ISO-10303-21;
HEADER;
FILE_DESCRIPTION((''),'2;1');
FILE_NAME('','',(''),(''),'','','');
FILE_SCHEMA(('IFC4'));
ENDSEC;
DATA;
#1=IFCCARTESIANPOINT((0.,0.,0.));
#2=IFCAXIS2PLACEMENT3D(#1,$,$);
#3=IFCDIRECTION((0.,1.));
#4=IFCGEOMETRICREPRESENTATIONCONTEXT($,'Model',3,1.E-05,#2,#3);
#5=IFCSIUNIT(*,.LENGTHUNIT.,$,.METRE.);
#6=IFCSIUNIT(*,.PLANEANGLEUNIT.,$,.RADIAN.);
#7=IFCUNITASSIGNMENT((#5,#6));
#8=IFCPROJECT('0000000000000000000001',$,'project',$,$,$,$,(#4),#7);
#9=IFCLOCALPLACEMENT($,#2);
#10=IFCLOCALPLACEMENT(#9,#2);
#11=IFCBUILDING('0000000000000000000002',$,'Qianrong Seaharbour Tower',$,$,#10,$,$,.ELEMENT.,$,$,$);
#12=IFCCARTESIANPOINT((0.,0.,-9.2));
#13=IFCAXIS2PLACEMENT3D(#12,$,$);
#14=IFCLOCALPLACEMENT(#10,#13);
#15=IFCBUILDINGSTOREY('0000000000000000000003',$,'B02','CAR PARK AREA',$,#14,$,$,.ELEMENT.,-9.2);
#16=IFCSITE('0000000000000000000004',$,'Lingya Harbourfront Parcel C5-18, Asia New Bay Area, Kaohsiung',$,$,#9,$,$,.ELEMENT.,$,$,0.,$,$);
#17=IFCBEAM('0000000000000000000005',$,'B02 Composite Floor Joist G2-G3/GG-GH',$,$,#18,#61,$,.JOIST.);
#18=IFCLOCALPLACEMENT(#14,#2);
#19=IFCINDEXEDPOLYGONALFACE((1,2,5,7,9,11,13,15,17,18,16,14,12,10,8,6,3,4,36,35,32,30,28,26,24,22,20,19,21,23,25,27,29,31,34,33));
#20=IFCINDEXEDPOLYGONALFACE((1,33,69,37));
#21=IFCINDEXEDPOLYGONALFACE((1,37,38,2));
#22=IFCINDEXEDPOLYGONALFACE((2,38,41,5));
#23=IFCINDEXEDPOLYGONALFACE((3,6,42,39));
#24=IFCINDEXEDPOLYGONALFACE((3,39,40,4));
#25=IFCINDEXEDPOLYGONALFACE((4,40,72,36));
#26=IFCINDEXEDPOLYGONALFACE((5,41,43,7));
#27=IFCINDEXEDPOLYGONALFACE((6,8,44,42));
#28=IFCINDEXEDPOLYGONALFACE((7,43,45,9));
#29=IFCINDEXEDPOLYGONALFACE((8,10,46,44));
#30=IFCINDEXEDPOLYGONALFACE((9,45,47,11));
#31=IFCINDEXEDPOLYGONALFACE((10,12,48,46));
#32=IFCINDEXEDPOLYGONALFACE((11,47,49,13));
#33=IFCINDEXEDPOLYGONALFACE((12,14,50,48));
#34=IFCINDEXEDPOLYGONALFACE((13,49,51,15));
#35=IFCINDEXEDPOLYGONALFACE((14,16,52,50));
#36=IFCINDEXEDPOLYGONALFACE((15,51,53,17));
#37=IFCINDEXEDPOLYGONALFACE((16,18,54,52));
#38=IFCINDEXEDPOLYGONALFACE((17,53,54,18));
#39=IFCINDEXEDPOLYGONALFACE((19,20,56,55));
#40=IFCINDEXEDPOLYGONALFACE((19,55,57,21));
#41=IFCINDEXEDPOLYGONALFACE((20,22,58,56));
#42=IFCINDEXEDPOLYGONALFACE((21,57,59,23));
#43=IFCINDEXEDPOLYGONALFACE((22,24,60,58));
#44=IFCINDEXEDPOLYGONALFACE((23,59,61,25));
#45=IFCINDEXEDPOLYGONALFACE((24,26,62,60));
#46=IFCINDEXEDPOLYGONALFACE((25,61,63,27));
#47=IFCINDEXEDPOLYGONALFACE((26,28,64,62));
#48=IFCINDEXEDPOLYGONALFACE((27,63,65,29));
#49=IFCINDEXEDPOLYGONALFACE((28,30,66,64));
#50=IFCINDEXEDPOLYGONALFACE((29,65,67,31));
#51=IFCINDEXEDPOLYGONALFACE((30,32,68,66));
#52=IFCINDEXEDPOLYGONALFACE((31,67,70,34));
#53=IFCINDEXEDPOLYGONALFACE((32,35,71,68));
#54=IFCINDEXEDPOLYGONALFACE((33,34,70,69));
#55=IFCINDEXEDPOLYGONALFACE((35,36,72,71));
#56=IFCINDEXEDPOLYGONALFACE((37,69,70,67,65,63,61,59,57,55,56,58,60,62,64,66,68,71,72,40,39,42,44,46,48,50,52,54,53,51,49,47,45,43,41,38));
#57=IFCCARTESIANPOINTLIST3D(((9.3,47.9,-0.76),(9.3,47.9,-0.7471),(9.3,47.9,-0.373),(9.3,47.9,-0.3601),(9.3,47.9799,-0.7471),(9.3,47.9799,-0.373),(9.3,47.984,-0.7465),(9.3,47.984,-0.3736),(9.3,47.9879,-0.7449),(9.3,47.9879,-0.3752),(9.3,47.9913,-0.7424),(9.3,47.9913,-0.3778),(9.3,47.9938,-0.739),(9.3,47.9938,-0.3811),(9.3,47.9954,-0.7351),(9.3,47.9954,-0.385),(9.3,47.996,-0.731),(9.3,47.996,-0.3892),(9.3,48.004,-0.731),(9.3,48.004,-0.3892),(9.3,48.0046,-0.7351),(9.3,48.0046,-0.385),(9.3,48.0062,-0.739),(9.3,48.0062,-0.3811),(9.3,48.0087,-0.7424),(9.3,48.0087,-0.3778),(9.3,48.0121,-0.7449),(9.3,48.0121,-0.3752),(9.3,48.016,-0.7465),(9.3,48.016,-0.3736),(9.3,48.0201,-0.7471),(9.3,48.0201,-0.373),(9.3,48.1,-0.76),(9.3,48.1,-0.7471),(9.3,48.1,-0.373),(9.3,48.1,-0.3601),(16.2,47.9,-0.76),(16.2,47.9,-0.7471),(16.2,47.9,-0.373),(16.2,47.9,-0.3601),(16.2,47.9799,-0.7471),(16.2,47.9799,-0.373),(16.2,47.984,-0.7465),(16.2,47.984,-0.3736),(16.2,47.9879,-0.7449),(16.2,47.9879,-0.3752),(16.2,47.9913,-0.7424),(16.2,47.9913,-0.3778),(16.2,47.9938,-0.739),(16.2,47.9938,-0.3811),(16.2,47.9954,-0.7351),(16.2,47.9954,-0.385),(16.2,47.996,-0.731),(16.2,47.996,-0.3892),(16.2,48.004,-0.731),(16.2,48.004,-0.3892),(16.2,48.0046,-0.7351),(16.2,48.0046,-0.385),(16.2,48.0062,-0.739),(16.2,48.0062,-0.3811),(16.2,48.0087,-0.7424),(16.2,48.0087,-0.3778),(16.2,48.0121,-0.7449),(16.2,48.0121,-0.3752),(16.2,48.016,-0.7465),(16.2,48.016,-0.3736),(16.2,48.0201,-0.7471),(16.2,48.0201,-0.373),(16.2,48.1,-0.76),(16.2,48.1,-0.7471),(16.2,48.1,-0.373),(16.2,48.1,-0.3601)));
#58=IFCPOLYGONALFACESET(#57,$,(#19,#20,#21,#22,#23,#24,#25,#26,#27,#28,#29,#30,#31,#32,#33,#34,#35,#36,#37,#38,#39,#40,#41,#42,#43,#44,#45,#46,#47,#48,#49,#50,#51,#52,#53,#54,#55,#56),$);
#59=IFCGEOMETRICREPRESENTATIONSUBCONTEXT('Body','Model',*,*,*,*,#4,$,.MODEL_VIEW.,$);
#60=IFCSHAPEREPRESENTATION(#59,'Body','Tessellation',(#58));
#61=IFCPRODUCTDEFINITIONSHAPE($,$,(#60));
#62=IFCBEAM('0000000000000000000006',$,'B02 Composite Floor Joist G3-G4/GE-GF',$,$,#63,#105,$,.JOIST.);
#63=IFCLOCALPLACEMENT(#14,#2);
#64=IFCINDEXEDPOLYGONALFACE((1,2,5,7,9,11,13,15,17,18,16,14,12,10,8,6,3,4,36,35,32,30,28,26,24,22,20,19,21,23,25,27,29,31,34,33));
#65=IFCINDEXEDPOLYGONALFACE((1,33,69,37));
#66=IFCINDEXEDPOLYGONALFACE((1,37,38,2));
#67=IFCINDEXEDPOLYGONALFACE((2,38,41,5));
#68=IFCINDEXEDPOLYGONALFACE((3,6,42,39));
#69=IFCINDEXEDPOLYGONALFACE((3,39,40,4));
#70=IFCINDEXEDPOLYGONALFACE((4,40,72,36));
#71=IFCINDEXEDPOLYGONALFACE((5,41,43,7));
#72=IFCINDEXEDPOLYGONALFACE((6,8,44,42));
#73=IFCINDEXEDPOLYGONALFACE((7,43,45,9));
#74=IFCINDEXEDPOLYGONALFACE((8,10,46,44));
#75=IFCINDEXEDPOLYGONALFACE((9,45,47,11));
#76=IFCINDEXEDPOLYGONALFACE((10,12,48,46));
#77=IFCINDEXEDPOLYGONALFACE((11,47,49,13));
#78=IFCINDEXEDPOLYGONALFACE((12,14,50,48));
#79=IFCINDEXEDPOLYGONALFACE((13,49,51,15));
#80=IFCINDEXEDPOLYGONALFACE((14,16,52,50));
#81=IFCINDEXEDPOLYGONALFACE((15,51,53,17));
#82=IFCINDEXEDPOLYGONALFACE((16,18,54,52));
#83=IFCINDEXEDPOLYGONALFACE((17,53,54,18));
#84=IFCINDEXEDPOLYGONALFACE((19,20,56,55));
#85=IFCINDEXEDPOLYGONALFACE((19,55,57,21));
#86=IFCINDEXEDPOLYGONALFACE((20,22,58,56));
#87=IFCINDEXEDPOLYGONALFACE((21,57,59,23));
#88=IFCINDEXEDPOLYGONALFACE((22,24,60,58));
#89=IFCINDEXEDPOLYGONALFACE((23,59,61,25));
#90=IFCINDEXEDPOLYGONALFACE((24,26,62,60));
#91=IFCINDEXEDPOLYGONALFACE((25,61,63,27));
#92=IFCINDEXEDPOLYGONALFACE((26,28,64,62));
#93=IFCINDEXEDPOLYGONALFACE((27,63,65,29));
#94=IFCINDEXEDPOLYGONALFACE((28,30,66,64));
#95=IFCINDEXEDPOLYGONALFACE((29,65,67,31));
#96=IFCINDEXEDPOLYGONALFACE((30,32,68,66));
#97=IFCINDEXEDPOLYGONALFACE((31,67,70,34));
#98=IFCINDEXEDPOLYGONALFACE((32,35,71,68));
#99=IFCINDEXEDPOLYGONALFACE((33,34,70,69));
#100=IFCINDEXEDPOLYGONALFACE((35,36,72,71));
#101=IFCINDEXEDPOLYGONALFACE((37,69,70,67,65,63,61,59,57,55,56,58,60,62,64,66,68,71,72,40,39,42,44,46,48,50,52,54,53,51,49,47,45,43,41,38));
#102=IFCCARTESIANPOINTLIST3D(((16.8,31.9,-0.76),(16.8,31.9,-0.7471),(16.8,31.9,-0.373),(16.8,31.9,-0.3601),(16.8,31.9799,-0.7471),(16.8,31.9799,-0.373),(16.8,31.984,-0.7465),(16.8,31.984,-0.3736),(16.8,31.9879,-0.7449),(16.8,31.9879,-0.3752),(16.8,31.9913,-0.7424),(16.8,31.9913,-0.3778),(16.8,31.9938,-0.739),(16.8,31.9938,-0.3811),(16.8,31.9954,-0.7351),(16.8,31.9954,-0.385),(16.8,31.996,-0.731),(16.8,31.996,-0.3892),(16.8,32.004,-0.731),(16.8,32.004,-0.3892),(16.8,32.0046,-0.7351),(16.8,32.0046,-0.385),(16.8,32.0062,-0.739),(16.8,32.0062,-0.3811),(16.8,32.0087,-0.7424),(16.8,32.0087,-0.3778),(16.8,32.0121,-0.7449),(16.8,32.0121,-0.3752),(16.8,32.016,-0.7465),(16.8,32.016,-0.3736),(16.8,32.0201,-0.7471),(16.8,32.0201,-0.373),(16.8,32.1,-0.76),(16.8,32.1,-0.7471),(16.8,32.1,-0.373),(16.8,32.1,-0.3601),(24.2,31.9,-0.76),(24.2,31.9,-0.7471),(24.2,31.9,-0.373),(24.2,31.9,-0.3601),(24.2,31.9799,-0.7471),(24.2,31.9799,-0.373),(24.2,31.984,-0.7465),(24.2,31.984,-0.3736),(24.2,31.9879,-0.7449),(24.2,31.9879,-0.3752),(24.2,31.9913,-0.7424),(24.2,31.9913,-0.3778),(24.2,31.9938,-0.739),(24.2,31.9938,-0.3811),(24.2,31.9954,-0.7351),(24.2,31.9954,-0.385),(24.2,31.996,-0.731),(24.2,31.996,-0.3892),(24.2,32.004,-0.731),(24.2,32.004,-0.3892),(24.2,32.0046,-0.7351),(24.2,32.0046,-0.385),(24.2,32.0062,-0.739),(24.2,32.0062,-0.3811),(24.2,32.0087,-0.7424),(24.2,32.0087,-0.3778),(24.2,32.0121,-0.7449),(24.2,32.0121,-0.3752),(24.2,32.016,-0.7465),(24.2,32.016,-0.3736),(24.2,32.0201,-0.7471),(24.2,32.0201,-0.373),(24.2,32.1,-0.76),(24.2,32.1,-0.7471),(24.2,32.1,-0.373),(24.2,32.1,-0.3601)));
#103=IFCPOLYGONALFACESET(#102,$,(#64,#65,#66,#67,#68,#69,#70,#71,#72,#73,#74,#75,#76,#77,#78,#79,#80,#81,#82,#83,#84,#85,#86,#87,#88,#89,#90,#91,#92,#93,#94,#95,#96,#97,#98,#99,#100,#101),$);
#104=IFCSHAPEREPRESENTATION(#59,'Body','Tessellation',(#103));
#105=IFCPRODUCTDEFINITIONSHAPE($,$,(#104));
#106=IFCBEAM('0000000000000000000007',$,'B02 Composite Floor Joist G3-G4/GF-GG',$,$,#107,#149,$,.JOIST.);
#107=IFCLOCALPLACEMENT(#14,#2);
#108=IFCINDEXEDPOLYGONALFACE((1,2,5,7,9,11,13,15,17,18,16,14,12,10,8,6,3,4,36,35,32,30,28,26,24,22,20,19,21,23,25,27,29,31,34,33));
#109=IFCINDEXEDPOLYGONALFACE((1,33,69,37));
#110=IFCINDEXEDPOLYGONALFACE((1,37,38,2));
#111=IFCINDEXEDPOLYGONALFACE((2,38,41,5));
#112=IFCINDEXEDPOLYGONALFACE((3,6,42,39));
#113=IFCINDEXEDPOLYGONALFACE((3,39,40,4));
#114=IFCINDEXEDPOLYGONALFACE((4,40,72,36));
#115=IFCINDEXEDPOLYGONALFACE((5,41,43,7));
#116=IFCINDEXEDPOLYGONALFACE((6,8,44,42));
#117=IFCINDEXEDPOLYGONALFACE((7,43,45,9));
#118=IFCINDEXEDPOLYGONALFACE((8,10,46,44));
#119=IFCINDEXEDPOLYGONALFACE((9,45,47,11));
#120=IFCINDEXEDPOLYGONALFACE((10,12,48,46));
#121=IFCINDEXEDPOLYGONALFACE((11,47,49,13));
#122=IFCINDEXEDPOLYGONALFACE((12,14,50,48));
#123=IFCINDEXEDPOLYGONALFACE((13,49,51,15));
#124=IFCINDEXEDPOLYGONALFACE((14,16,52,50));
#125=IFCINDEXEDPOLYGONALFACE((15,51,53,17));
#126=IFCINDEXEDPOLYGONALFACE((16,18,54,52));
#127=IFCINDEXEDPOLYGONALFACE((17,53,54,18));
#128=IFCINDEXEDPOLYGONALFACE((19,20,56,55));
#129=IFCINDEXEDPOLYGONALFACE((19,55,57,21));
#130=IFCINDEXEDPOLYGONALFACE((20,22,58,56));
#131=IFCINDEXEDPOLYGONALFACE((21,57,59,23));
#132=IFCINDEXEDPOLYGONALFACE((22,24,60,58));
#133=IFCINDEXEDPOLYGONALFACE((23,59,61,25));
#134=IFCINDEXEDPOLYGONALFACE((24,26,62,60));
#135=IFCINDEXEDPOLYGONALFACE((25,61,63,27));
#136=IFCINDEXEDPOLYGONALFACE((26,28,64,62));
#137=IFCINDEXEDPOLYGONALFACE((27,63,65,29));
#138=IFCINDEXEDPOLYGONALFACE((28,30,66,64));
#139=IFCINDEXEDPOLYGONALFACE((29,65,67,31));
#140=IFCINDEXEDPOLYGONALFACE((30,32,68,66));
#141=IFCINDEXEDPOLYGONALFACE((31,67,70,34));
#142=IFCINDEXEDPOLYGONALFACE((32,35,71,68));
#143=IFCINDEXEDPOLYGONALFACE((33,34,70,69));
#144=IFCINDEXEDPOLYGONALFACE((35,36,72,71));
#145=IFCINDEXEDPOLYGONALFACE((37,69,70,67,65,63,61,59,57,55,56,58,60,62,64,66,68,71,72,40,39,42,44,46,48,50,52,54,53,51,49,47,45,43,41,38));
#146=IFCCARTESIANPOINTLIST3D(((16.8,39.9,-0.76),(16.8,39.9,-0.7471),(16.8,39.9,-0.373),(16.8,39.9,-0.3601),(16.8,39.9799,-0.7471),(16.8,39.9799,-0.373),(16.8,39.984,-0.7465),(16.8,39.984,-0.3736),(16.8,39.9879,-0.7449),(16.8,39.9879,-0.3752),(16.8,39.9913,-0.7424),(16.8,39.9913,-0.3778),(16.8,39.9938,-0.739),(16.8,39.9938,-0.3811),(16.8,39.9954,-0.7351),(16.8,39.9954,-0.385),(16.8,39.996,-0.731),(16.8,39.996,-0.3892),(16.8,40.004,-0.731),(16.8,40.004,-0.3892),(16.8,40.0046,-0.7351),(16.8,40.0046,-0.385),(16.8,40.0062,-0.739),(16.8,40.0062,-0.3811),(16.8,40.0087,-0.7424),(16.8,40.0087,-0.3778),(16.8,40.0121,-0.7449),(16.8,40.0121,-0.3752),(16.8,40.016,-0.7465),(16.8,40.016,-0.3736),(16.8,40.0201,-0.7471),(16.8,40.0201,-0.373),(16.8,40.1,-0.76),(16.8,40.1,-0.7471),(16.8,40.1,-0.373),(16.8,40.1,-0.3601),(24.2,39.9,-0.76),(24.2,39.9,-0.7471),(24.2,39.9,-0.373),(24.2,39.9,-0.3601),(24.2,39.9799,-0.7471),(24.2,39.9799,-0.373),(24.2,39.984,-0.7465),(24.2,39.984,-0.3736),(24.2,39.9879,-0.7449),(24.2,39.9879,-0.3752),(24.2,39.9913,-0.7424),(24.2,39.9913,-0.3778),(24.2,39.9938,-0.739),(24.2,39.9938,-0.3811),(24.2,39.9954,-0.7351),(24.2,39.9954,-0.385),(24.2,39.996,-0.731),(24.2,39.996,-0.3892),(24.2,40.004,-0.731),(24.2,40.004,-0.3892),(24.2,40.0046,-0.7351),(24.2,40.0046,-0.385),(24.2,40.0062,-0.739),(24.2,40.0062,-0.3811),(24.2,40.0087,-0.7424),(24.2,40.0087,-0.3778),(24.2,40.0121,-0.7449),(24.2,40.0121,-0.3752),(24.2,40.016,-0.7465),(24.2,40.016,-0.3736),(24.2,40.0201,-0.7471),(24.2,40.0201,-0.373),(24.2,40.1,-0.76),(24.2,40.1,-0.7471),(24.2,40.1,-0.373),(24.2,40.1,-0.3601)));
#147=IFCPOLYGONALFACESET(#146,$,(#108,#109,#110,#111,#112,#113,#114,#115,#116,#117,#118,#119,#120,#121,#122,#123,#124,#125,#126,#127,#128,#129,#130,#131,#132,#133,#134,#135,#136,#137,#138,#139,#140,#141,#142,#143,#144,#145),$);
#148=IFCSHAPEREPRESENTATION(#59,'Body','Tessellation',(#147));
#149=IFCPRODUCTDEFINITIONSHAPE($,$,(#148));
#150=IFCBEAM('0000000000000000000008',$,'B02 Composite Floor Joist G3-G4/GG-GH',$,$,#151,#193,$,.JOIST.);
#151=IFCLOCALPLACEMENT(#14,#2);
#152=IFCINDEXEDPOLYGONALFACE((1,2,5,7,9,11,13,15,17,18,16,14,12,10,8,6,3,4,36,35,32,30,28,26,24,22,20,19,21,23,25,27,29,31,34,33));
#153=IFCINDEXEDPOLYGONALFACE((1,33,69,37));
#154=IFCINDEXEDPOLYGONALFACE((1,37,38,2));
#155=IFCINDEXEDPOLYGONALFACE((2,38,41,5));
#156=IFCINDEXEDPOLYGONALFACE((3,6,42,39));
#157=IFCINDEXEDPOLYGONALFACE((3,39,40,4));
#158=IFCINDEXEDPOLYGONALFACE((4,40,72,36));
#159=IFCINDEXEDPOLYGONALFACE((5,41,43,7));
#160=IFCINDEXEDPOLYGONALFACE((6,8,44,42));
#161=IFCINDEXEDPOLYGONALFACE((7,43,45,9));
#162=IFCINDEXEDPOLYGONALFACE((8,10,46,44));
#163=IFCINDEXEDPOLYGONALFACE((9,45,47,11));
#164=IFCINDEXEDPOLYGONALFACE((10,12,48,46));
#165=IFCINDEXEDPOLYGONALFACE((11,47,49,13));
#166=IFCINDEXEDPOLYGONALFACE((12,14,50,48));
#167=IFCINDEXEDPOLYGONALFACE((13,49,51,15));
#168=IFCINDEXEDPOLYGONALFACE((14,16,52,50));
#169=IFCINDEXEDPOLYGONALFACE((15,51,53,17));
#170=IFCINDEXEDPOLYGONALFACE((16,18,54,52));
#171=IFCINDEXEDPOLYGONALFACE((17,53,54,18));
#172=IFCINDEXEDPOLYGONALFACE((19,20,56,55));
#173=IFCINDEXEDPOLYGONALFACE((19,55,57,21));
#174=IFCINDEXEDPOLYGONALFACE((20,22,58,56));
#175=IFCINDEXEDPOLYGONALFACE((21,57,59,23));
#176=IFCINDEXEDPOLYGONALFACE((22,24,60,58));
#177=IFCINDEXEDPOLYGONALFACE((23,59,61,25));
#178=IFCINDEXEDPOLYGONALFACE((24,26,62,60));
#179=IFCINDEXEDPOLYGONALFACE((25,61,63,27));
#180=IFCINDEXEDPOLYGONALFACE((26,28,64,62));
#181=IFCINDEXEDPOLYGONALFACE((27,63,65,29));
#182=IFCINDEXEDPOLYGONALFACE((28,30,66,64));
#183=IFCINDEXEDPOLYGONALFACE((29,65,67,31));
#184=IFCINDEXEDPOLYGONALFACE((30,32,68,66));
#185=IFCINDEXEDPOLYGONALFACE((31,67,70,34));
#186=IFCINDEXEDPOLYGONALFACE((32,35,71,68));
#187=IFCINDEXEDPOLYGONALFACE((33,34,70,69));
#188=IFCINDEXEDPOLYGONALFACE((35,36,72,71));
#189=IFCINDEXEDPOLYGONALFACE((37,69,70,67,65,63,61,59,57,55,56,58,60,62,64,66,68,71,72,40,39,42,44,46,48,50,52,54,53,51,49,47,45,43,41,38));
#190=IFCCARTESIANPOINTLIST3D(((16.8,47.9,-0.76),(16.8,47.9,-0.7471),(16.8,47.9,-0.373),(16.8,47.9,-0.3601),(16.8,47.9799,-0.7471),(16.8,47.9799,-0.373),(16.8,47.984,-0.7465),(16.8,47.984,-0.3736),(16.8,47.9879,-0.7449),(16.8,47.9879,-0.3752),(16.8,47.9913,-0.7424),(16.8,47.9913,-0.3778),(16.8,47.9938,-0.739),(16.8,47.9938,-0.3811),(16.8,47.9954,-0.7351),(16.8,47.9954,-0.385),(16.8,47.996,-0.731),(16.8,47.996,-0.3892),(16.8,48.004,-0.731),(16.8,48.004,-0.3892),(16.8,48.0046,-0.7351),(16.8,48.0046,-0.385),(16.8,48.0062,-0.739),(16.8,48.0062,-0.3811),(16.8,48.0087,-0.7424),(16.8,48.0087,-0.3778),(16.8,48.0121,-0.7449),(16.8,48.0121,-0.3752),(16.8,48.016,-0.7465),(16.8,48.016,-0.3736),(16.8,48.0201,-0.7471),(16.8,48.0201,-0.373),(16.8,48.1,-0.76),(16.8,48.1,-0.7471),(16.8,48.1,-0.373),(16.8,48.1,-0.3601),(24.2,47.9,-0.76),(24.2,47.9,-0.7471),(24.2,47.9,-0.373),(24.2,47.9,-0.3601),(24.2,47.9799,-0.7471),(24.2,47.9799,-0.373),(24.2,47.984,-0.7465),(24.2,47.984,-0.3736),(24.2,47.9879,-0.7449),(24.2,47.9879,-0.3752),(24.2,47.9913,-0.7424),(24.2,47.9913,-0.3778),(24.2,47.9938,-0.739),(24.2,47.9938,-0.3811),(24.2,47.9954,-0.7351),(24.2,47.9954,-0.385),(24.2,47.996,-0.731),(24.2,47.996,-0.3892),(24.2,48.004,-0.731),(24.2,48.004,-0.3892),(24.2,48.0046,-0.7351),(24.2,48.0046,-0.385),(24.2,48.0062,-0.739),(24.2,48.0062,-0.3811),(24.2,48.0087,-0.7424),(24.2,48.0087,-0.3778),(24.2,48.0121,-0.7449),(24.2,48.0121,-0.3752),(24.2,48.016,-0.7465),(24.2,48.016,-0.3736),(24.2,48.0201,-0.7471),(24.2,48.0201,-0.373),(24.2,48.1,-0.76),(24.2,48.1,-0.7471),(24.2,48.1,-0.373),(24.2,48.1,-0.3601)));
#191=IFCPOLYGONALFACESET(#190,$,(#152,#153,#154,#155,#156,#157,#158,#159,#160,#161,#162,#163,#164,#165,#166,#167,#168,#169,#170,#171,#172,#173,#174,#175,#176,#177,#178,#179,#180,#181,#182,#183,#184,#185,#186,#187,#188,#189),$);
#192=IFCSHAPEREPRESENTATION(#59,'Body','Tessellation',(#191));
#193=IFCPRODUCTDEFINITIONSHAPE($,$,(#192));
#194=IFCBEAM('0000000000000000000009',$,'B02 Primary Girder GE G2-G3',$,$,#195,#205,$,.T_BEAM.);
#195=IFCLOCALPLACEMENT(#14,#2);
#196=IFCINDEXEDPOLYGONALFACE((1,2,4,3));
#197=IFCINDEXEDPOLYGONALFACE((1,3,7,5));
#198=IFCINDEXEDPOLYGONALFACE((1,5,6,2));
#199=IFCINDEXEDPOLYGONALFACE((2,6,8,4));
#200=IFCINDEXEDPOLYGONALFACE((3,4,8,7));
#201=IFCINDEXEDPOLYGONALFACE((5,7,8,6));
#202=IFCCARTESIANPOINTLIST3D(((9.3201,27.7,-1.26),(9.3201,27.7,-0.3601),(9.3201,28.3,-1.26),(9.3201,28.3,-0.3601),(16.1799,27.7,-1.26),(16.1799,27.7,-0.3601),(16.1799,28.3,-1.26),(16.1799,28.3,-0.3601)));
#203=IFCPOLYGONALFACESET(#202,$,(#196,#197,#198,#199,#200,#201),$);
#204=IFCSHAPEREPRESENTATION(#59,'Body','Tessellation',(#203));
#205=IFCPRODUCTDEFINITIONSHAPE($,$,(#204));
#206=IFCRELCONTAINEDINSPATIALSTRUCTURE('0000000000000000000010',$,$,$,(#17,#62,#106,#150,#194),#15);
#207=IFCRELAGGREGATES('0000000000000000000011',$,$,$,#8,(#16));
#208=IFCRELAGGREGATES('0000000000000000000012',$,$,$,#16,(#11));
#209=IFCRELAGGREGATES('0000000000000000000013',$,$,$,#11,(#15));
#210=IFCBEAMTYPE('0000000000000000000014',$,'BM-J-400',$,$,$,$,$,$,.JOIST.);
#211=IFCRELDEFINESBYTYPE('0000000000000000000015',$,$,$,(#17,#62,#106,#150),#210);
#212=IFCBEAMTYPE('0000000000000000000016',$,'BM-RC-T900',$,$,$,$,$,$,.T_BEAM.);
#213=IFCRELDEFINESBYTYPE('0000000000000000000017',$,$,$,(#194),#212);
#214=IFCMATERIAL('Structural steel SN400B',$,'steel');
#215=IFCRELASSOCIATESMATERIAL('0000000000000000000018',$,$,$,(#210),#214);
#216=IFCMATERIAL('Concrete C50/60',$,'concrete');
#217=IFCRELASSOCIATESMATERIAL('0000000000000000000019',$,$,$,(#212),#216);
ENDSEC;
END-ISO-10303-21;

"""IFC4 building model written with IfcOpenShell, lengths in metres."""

from ifc_helpers import new_model, si_unit, direction, frame, origin, origin_2d, place, context, subcontext, project, spatial, rectangle, i_section, extrude, material, material_profile, profile_set, type_object, element, save


model = new_model("IFC4")

# Units and contexts
model_context = context("Model", 3, precision=1e-05, world=origin(), true_north=direction((0.0, 1.0)))
body_context = subcontext(model_context, "Body", "Model", "MODEL_VIEW")
ifc_project = project(units=[si_unit("LENGTHUNIT", "METRE"), si_unit("PLANEANGLEUNIT", "RADIAN")], contexts=[model_context])

# Site, building, storey
site_placement = place(None, origin())
site = spatial("IfcSite", under=ifc_project, at=site_placement, Name="Lingya Harbourfront Parcel C5-18, Asia New Bay Area, Kaohsiung", CompositionType="ELEMENT", RefElevation=0.0)
building_placement = place(site_placement, origin())
building = spatial("IfcBuilding", under=site, at=building_placement, Name="Qianrong Seaharbour Tower", CompositionType="ELEMENT")
storey_placement = place(building_placement, frame((0.0, 0.0, -9.2)))
storey = spatial("IfcBuildingStorey", under=building, at=storey_placement, Name="B02", Description="CAR PARK AREA", CompositionType="ELEMENT", Elevation=-9.2)

# Beams
ifc_material_1 = material(Name="Structural steel SN400B", Category="steel")
ifc_material_profile_1 = material_profile(ifc_material_1, i_section(OverallWidth=0.2, OverallDepth=0.3999, WebThickness=0.0081, FlangeThickness=0.0129, FilletRadius=0.0161, at=origin_2d()), Name="H400x200x8x13")
ifc_profile_set_1 = profile_set([ifc_material_profile_1], Name="Structural steel SN400B")
beam_type_1 = type_object("IfcBeamType", Name="BM-J-400", PredefinedType="JOIST", material=ifc_profile_set_1)
for number, where, z_axis, x_axis, name in (
    (1, (9.3, 48.0, -0.5601), (1.0, 0.0, 0.0), (0.0, 1.0, 0.0), "B02 Composite Floor Joist G2-G3/GG-GH"),
):
    element("IfcBeam", number, at=place(storey_placement, frame(where, z_axis=z_axis, x_axis=x_axis)), inside=storey, type_object=beam_type_1, Name=name, PredefinedType="JOIST", context=body_context, shape_type="SweptSolid", body=[
        extrude(i_section(OverallWidth=0.2, OverallDepth=0.3999, WebThickness=0.0081, FlangeThickness=0.0129, FilletRadius=0.0161, at=origin_2d()), origin(), (0.0, 0.0, 1.0), 6.8999),
    ])
for number, where, z_axis, x_axis, name in (
    (2, (16.8, 32.0, -0.5601), (1.0, 0.0, 0.0), (0.0, 1.0, 0.0), "B02 Composite Floor Joist G3-G4/GE-GF"),
    (3, (16.8, 40.0, -0.5601), (1.0, 0.0, 0.0), (0.0, 1.0, 0.0), "B02 Composite Floor Joist G3-G4/GF-GG"),
    (4, (16.8, 48.0, -0.5601), (1.0, 0.0, 0.0), (0.0, 1.0, 0.0), "B02 Composite Floor Joist G3-G4/GG-GH"),
):
    element("IfcBeam", number, at=place(storey_placement, frame(where, z_axis=z_axis, x_axis=x_axis)), inside=storey, type_object=beam_type_1, Name=name, PredefinedType="JOIST", context=body_context, shape_type="SweptSolid", body=[
        extrude(i_section(OverallWidth=0.2, OverallDepth=0.3999, WebThickness=0.0081, FlangeThickness=0.0129, FilletRadius=0.0161, at=origin_2d()), origin(), (0.0, 0.0, 1.0), 7.3999),
    ])
ifc_material_2 = material(Name="Concrete C50/60", Category="concrete")
ifc_material_profile_2 = material_profile(ifc_material_2, rectangle(XDim=0.6001, YDim=0.8999, at=origin_2d()), Name="RC600x900")
ifc_profile_set_2 = profile_set([ifc_material_profile_2], Name="Concrete C50/60")
beam_type_2 = type_object("IfcBeamType", Name="BM-RC-T900", PredefinedType="T_BEAM", material=ifc_profile_set_2)
beam_1_placement = place(storey_placement, frame((9.3201, 28.0, -0.8101), z_axis=(1.0, 0.0, 0.0), x_axis=(0.0, 1.0, 0.0)))
element("IfcBeam", 5, at=beam_1_placement, inside=storey, type_object=beam_type_2, Name="B02 Primary Girder GE G2-G3", PredefinedType="T_BEAM", context=body_context, shape_type="SweptSolid", body=[
    extrude(rectangle(XDim=0.6001, YDim=0.8999, at=origin_2d()), origin(), (0.0, 0.0, 1.0), 6.8599),
])

save(model, "model.ifc")
